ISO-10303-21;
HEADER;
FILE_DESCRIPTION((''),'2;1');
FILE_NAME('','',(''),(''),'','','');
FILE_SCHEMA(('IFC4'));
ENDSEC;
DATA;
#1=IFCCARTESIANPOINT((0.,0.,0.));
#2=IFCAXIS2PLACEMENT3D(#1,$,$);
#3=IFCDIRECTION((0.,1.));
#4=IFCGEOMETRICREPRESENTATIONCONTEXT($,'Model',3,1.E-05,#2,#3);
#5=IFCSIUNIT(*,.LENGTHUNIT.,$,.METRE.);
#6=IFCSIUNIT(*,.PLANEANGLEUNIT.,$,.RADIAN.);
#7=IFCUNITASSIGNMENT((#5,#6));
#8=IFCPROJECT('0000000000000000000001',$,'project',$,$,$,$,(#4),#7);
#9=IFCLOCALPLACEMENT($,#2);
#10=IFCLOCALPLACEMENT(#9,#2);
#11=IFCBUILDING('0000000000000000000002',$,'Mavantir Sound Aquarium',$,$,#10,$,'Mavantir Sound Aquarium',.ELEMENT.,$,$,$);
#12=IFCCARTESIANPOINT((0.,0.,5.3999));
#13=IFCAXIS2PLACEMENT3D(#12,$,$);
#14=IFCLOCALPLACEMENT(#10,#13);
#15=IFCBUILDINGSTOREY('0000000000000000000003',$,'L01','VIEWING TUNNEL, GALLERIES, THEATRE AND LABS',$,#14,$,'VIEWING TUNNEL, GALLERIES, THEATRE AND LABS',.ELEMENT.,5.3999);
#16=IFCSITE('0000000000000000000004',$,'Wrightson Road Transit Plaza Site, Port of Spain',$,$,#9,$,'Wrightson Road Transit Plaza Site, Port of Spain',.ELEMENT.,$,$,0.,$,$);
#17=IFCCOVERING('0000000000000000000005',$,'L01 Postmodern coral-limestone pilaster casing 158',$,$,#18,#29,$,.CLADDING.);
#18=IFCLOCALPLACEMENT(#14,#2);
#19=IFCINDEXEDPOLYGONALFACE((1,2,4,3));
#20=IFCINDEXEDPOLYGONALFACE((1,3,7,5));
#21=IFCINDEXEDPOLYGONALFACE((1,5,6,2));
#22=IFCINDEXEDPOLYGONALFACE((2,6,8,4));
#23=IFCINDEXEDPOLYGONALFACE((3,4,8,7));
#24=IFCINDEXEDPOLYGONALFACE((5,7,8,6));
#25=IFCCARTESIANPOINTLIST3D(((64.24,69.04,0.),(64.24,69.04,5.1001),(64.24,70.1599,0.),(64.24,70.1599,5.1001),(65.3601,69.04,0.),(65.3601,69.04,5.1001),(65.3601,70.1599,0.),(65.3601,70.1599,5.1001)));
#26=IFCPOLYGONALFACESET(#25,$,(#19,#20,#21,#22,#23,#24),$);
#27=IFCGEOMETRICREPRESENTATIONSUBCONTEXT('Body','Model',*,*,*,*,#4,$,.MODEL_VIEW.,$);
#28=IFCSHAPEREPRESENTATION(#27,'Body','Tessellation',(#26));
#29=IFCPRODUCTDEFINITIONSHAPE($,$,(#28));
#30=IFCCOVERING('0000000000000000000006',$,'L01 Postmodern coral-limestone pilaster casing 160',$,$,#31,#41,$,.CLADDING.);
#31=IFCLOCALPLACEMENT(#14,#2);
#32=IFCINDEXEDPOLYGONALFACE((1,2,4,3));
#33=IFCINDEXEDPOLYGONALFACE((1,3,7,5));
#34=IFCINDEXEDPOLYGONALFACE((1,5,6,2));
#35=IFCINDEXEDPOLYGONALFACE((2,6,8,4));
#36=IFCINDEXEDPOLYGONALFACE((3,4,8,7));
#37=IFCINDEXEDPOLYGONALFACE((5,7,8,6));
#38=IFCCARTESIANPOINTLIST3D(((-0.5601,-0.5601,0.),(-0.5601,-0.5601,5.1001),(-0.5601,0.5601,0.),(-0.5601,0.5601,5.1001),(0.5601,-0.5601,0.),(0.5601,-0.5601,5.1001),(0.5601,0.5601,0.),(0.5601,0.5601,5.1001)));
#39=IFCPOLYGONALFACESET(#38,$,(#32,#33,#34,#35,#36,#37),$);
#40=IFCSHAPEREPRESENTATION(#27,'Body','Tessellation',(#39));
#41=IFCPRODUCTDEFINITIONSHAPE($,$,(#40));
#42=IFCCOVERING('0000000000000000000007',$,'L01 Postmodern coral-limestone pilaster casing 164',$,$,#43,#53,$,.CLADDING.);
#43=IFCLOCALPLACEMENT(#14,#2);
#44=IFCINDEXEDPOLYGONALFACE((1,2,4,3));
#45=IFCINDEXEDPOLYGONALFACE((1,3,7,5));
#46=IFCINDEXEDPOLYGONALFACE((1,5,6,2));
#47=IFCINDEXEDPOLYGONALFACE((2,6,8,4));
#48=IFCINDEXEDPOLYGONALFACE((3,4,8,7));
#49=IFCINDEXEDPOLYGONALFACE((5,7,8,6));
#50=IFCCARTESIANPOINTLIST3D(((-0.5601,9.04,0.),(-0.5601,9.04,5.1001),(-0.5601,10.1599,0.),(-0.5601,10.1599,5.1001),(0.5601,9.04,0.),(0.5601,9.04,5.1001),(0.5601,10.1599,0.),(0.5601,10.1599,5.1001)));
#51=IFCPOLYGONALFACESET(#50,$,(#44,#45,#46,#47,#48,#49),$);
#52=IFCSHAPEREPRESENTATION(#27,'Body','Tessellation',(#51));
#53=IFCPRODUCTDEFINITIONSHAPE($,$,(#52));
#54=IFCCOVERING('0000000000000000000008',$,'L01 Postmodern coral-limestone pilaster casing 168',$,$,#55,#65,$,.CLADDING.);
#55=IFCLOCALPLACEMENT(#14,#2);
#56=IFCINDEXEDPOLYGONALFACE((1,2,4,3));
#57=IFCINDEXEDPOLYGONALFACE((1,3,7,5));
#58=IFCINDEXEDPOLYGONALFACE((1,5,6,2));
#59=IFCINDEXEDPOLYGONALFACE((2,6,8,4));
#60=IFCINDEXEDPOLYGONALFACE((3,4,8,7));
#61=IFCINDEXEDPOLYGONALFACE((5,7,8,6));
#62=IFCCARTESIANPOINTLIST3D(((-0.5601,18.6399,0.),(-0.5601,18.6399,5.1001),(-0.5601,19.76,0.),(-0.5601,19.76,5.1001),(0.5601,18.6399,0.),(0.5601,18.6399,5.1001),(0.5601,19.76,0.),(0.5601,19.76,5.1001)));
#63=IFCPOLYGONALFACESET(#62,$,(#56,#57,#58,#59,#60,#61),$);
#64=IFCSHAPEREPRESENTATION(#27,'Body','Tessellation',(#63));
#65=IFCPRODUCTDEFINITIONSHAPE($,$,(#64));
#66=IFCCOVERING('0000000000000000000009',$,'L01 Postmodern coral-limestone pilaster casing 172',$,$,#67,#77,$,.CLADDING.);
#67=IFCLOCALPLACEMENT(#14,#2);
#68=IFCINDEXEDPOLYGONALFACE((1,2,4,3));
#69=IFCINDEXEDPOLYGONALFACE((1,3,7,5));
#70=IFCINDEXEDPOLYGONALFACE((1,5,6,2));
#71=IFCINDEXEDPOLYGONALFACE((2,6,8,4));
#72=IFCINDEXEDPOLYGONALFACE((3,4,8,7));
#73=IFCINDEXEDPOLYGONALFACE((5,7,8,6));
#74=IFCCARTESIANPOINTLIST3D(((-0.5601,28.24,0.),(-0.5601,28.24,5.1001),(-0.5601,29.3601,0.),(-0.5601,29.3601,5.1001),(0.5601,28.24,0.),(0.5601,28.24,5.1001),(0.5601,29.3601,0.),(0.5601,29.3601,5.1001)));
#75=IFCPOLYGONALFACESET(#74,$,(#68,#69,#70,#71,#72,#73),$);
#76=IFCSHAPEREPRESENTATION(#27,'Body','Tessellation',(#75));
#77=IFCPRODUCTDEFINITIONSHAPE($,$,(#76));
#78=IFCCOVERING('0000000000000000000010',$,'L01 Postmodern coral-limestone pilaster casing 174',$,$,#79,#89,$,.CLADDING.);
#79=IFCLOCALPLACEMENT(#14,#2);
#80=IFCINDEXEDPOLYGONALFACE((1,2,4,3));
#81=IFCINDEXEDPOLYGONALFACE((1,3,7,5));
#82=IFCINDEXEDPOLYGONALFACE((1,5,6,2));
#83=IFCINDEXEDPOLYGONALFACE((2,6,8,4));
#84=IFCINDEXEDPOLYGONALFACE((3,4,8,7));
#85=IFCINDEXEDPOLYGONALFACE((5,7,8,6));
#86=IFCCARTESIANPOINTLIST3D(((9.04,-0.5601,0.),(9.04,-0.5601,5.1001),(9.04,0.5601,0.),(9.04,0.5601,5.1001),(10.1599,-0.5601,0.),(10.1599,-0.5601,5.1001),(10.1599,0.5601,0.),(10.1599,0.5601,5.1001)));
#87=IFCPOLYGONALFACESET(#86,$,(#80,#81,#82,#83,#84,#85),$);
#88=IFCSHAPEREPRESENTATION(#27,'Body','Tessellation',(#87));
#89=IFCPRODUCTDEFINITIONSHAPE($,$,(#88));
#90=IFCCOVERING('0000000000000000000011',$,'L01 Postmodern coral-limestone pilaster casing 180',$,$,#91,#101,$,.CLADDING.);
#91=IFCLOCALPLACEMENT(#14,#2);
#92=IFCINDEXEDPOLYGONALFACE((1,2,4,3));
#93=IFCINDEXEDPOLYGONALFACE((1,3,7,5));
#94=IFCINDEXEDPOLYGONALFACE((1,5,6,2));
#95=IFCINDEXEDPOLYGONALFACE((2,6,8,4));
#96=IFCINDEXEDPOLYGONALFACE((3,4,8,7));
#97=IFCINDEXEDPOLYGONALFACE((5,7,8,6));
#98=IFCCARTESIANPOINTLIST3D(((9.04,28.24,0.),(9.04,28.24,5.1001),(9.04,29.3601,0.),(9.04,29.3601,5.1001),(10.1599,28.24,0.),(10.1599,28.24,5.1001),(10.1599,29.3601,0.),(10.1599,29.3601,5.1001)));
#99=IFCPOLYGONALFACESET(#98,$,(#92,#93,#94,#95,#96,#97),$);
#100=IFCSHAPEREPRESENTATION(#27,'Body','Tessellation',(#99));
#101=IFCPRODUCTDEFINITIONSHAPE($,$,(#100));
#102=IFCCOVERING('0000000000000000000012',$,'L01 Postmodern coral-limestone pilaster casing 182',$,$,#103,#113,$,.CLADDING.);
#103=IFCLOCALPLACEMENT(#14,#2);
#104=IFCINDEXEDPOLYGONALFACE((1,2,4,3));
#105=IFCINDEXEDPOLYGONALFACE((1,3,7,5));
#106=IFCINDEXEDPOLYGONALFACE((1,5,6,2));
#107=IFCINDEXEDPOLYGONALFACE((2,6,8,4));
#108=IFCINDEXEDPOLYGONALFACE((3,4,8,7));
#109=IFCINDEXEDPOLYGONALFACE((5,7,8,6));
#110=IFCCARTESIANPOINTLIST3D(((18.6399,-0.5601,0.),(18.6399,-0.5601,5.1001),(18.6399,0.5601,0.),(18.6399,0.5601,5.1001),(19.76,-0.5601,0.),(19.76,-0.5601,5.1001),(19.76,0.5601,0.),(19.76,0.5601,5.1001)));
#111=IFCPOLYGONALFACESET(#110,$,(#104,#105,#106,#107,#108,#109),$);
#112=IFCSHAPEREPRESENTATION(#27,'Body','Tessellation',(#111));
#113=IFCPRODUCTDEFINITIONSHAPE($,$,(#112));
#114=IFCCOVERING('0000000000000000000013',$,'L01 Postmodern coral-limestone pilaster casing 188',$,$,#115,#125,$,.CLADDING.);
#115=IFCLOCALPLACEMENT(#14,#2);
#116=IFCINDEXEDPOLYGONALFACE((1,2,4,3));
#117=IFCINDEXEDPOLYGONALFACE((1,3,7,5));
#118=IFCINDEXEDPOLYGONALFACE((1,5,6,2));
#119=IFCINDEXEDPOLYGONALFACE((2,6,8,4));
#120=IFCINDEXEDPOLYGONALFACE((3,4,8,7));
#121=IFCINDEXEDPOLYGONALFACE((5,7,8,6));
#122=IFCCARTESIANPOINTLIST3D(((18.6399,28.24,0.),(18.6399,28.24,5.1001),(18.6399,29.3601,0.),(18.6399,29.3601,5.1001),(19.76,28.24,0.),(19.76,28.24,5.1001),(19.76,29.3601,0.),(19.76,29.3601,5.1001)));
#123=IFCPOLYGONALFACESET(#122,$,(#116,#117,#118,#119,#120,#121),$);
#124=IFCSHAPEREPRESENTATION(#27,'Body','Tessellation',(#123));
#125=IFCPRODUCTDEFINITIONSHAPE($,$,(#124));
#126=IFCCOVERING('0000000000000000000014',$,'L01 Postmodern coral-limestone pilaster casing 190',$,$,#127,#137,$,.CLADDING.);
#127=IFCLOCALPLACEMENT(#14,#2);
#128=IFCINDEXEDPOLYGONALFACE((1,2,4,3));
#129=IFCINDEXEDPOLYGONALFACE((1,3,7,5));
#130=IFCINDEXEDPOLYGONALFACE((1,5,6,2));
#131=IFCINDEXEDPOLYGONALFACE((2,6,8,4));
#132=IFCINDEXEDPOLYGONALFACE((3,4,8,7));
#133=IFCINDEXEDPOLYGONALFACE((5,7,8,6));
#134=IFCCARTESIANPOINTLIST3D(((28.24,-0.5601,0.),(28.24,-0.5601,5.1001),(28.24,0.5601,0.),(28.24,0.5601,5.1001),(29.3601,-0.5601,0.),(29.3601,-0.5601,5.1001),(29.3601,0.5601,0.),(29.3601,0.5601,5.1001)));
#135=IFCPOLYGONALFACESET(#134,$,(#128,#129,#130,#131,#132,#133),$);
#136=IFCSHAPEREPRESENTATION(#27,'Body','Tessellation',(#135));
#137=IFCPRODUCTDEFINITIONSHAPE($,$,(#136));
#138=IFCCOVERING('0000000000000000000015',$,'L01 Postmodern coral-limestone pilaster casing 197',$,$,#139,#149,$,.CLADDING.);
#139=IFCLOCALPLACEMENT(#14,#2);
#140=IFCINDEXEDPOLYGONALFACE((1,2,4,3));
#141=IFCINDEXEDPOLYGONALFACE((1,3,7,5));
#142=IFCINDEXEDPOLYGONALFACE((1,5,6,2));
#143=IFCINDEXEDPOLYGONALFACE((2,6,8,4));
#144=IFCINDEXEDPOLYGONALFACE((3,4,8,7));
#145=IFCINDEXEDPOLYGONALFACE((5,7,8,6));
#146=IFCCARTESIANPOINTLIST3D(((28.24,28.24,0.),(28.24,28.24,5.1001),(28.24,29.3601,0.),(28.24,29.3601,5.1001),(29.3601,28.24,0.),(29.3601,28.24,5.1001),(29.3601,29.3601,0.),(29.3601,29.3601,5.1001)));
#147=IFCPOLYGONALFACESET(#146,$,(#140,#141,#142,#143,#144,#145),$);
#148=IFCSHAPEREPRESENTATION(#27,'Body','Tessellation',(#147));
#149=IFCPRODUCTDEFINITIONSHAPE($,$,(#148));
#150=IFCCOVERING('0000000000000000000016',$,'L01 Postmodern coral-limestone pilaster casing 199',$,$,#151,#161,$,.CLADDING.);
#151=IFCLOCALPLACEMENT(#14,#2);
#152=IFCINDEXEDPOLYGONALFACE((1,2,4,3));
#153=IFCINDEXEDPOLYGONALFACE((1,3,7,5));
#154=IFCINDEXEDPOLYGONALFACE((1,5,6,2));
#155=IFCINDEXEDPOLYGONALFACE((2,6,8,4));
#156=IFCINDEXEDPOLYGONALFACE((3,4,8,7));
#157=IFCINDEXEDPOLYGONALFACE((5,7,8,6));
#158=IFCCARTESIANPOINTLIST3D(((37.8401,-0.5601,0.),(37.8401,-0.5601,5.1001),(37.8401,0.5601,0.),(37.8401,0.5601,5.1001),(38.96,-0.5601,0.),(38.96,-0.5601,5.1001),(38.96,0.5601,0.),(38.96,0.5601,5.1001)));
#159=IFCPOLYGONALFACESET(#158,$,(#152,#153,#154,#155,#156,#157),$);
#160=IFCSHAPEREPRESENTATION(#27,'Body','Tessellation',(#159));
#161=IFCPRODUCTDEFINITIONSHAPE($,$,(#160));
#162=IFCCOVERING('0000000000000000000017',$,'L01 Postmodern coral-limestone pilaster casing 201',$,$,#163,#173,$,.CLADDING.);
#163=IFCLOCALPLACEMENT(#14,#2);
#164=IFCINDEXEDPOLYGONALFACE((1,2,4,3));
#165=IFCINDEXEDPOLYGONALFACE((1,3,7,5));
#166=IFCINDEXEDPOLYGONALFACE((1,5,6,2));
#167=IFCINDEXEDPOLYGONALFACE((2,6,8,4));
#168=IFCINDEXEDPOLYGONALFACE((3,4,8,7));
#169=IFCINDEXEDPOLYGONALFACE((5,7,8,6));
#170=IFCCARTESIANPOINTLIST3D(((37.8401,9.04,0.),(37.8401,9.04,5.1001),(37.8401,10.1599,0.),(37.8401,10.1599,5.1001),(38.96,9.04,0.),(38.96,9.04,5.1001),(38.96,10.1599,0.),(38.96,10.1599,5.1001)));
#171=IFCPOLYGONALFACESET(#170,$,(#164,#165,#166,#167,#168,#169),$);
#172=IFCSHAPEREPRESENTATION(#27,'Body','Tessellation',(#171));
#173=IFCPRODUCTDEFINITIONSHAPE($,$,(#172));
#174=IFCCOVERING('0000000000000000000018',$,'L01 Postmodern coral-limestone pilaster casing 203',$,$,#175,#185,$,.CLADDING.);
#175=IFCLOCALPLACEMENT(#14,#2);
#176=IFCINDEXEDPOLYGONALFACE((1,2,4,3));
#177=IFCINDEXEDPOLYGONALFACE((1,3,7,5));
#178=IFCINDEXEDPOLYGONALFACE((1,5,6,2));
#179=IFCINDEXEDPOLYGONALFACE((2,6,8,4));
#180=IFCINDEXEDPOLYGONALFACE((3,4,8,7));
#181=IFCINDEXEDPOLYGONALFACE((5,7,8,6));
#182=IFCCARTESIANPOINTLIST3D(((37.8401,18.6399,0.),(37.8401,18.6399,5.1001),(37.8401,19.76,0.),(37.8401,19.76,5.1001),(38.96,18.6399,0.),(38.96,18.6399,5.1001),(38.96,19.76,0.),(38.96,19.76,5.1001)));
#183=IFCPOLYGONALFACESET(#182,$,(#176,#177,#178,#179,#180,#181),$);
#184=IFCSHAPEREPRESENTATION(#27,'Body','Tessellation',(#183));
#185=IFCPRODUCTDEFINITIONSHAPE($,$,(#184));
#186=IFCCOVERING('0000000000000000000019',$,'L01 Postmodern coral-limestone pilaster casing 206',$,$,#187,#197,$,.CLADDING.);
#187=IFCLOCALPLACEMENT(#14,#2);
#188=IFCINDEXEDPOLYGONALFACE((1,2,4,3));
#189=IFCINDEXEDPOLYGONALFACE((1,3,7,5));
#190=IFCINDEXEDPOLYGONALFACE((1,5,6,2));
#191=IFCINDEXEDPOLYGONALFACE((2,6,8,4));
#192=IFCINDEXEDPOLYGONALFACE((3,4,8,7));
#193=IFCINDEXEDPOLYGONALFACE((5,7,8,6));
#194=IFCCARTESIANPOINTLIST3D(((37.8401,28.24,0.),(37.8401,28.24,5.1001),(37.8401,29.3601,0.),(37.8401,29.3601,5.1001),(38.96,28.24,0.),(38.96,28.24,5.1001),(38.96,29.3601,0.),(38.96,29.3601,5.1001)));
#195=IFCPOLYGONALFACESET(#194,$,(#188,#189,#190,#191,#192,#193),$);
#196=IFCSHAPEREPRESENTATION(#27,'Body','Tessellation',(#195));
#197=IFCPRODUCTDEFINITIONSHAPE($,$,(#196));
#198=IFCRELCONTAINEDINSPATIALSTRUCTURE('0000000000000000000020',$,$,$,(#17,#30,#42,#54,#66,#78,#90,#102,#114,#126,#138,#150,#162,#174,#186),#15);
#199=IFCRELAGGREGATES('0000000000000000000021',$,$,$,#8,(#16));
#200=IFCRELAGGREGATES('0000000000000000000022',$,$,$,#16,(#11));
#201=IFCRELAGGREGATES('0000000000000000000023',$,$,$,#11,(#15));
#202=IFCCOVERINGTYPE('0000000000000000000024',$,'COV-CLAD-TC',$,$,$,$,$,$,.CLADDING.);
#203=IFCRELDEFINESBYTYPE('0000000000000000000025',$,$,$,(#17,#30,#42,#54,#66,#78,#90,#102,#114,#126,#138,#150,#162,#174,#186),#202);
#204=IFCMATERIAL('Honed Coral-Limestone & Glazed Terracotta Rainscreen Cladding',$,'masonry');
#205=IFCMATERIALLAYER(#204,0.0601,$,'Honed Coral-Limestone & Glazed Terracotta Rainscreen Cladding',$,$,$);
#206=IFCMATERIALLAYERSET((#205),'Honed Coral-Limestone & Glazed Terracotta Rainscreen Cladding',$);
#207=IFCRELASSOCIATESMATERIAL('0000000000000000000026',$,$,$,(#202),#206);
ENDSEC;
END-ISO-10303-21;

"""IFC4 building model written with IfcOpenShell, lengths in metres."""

from ifc_helpers import new_model, si_unit, direction, frame, origin, place, context, subcontext, project, spatial, polyline, outline, extrude, material, layer, layer_set, type_object, element, save


model = new_model("IFC4")

# Units and contexts
model_context = context("Model", 3, precision=1e-05, world=origin(), true_north=direction((0.0, 1.0)))
body_context = subcontext(model_context, "Body", "Model", "MODEL_VIEW")
ifc_project = project(units=[si_unit("LENGTHUNIT", "METRE"), si_unit("PLANEANGLEUNIT", "RADIAN")], contexts=[model_context])

# Site, building, storey
site_placement = place(None, origin())
site = spatial("IfcSite", under=ifc_project, at=site_placement, Name="Wrightson Road Transit Plaza Site, Port of Spain", LongName="Wrightson Road Transit Plaza Site, Port of Spain", CompositionType="ELEMENT", RefElevation=0.0)
building_placement = place(site_placement, origin())
building = spatial("IfcBuilding", under=site, at=building_placement, Name="Mavantir Sound Aquarium", LongName="Mavantir Sound Aquarium", CompositionType="ELEMENT")
storey_placement = place(building_placement, frame((0.0, 0.0, 5.3999)))
storey = spatial("IfcBuildingStorey", under=building, at=storey_placement, Name="L01", Description="VIEWING TUNNEL, GALLERIES, THEATRE AND LABS", LongName="VIEWING TUNNEL, GALLERIES, THEATRE AND LABS", CompositionType="ELEMENT", Elevation=5.3999)

# Coverings
ifc_material = material(Name="Honed Coral-Limestone & Glazed Terracotta Rainscreen Cladding", Category="masonry")
ifc_layer = layer(ifc_material, 0.0601, Name="Honed Coral-Limestone & Glazed Terracotta Rainscreen Cladding")
ifc_layer_set = layer_set([ifc_layer], Name="Honed Coral-Limestone & Glazed Terracotta Rainscreen Cladding")
covering_type = type_object("IfcCoveringType", Name="COV-CLAD-TC", PredefinedType="CLADDING", material=ifc_layer_set)
covering_1_placement = place(storey_placement, origin())
element("IfcCovering", 1, at=covering_1_placement, inside=storey, type_object=covering_type, Name="L01 Postmodern coral-limestone pilaster casing 158", PredefinedType="CLADDING", context=body_context, shape_type="SweptSolid", body=[
    extrude(outline(polyline([(64.24, 69.04), (65.3601, 69.04), (65.3601, 70.1599), (64.24, 70.1599), (64.24, 69.04)])), origin(), (0.0, 0.0, 1.0), 5.1001),
])
covering_2_placement = place(storey_placement, origin())
element("IfcCovering", 2, at=covering_2_placement, inside=storey, type_object=covering_type, Name="L01 Postmodern coral-limestone pilaster casing 160", PredefinedType="CLADDING", context=body_context, shape_type="SweptSolid", body=[
    extrude(outline(polyline([(-0.5601, -0.5601), (0.5601, -0.5601), (0.5601, 0.5601), (-0.5601, 0.5601), (-0.5601, -0.5601)])), origin(), (0.0, 0.0, 1.0), 5.1001),
])
covering_3_placement = place(storey_placement, origin())
element("IfcCovering", 3, at=covering_3_placement, inside=storey, type_object=covering_type, Name="L01 Postmodern coral-limestone pilaster casing 164", PredefinedType="CLADDING", context=body_context, shape_type="SweptSolid", body=[
    extrude(outline(polyline([(-0.5601, 9.04), (0.5601, 9.04), (0.5601, 10.1599), (-0.5601, 10.1599), (-0.5601, 9.04)])), origin(), (0.0, 0.0, 1.0), 5.1001),
])
covering_4_placement = place(storey_placement, origin())
element("IfcCovering", 4, at=covering_4_placement, inside=storey, type_object=covering_type, Name="L01 Postmodern coral-limestone pilaster casing 168", PredefinedType="CLADDING", context=body_context, shape_type="SweptSolid", body=[
    extrude(outline(polyline([(-0.5601, 18.6399), (0.5601, 18.6399), (0.5601, 19.76), (-0.5601, 19.76), (-0.5601, 18.6399)])), origin(), (0.0, 0.0, 1.0), 5.1001),
])
covering_5_placement = place(storey_placement, origin())
element("IfcCovering", 5, at=covering_5_placement, inside=storey, type_object=covering_type, Name="L01 Postmodern coral-limestone pilaster casing 172", PredefinedType="CLADDING", context=body_context, shape_type="SweptSolid", body=[
    extrude(outline(polyline([(-0.5601, 28.24), (0.5601, 28.24), (0.5601, 29.3601), (-0.5601, 29.3601), (-0.5601, 28.24)])), origin(), (0.0, 0.0, 1.0), 5.1001),
])
covering_6_placement = place(storey_placement, origin())
element("IfcCovering", 6, at=covering_6_placement, inside=storey, type_object=covering_type, Name="L01 Postmodern coral-limestone pilaster casing 174", PredefinedType="CLADDING", context=body_context, shape_type="SweptSolid", body=[
    extrude(outline(polyline([(9.04, -0.5601), (10.1599, -0.5601), (10.1599, 0.5601), (9.04, 0.5601), (9.04, -0.5601)])), origin(), (0.0, 0.0, 1.0), 5.1001),
])
covering_7_placement = place(storey_placement, origin())
element("IfcCovering", 7, at=covering_7_placement, inside=storey, type_object=covering_type, Name="L01 Postmodern coral-limestone pilaster casing 180", PredefinedType="CLADDING", context=body_context, shape_type="SweptSolid", body=[
    extrude(outline(polyline([(9.04, 28.24), (10.1599, 28.24), (10.1599, 29.3601), (9.04, 29.3601), (9.04, 28.24)])), origin(), (0.0, 0.0, 1.0), 5.1001),
])
covering_8_placement = place(storey_placement, origin())
element("IfcCovering", 8, at=covering_8_placement, inside=storey, type_object=covering_type, Name="L01 Postmodern coral-limestone pilaster casing 182", PredefinedType="CLADDING", context=body_context, shape_type="SweptSolid", body=[
    extrude(outline(polyline([(18.6399, -0.5601), (19.76, -0.5601), (19.76, 0.5601), (18.6399, 0.5601), (18.6399, -0.5601)])), origin(), (0.0, 0.0, 1.0), 5.1001),
])
covering_9_placement = place(storey_placement, origin())
element("IfcCovering", 9, at=covering_9_placement, inside=storey, type_object=covering_type, Name="L01 Postmodern coral-limestone pilaster casing 188", PredefinedType="CLADDING", context=body_context, shape_type="SweptSolid", body=[
    extrude(outline(polyline([(18.6399, 28.24), (19.76, 28.24), (19.76, 29.3601), (18.6399, 29.3601), (18.6399, 28.24)])), origin(), (0.0, 0.0, 1.0), 5.1001),
])
covering_10_placement = place(storey_placement, origin())
element("IfcCovering", 10, at=covering_10_placement, inside=storey, type_object=covering_type, Name="L01 Postmodern coral-limestone pilaster casing 190", PredefinedType="CLADDING", context=body_context, shape_type="SweptSolid", body=[
    extrude(outline(polyline([(28.24, -0.5601), (29.3601, -0.5601), (29.3601, 0.5601), (28.24, 0.5601), (28.24, -0.5601)])), origin(), (0.0, 0.0, 1.0), 5.1001),
])
covering_11_placement = place(storey_placement, origin())
element("IfcCovering", 11, at=covering_11_placement, inside=storey, type_object=covering_type, Name="L01 Postmodern coral-limestone pilaster casing 197", PredefinedType="CLADDING", context=body_context, shape_type="SweptSolid", body=[
    extrude(outline(polyline([(28.24, 28.24), (29.3601, 28.24), (29.3601, 29.3601), (28.24, 29.3601), (28.24, 28.24)])), origin(), (0.0, 0.0, 1.0), 5.1001),
])
covering_12_placement = place(storey_placement, origin())
element("IfcCovering", 12, at=covering_12_placement, inside=storey, type_object=covering_type, Name="L01 Postmodern coral-limestone pilaster casing 199", PredefinedType="CLADDING", context=body_context, shape_type="SweptSolid", body=[
    extrude(outline(polyline([(37.8401, -0.5601), (38.96, -0.5601), (38.96, 0.5601), (37.8401, 0.5601), (37.8401, -0.5601)])), origin(), (0.0, 0.0, 1.0), 5.1001),
])
covering_13_placement = place(storey_placement, origin())
element("IfcCovering", 13, at=covering_13_placement, inside=storey, type_object=covering_type, Name="L01 Postmodern coral-limestone pilaster casing 201", PredefinedType="CLADDING", context=body_context, shape_type="SweptSolid", body=[
    extrude(outline(polyline([(37.8401, 9.04), (38.96, 9.04), (38.96, 10.1599), (37.8401, 10.1599), (37.8401, 9.04)])), origin(), (0.0, 0.0, 1.0), 5.1001),
])
covering_14_placement = place(storey_placement, origin())
element("IfcCovering", 14, at=covering_14_placement, inside=storey, type_object=covering_type, Name="L01 Postmodern coral-limestone pilaster casing 203", PredefinedType="CLADDING", context=body_context, shape_type="SweptSolid", body=[
    extrude(outline(polyline([(37.8401, 18.6399), (38.96, 18.6399), (38.96, 19.76), (37.8401, 19.76), (37.8401, 18.6399)])), origin(), (0.0, 0.0, 1.0), 5.1001),
])
covering_15_placement = place(storey_placement, origin())
element("IfcCovering", 15, at=covering_15_placement, inside=storey, type_object=covering_type, Name="L01 Postmodern coral-limestone pilaster casing 206", PredefinedType="CLADDING", context=body_context, shape_type="SweptSolid", body=[
    extrude(outline(polyline([(37.8401, 28.24), (38.96, 28.24), (38.96, 29.3601), (37.8401, 29.3601), (37.8401, 28.24)])), origin(), (0.0, 0.0, 1.0), 5.1001),
])

save(model, "model.ifc")
